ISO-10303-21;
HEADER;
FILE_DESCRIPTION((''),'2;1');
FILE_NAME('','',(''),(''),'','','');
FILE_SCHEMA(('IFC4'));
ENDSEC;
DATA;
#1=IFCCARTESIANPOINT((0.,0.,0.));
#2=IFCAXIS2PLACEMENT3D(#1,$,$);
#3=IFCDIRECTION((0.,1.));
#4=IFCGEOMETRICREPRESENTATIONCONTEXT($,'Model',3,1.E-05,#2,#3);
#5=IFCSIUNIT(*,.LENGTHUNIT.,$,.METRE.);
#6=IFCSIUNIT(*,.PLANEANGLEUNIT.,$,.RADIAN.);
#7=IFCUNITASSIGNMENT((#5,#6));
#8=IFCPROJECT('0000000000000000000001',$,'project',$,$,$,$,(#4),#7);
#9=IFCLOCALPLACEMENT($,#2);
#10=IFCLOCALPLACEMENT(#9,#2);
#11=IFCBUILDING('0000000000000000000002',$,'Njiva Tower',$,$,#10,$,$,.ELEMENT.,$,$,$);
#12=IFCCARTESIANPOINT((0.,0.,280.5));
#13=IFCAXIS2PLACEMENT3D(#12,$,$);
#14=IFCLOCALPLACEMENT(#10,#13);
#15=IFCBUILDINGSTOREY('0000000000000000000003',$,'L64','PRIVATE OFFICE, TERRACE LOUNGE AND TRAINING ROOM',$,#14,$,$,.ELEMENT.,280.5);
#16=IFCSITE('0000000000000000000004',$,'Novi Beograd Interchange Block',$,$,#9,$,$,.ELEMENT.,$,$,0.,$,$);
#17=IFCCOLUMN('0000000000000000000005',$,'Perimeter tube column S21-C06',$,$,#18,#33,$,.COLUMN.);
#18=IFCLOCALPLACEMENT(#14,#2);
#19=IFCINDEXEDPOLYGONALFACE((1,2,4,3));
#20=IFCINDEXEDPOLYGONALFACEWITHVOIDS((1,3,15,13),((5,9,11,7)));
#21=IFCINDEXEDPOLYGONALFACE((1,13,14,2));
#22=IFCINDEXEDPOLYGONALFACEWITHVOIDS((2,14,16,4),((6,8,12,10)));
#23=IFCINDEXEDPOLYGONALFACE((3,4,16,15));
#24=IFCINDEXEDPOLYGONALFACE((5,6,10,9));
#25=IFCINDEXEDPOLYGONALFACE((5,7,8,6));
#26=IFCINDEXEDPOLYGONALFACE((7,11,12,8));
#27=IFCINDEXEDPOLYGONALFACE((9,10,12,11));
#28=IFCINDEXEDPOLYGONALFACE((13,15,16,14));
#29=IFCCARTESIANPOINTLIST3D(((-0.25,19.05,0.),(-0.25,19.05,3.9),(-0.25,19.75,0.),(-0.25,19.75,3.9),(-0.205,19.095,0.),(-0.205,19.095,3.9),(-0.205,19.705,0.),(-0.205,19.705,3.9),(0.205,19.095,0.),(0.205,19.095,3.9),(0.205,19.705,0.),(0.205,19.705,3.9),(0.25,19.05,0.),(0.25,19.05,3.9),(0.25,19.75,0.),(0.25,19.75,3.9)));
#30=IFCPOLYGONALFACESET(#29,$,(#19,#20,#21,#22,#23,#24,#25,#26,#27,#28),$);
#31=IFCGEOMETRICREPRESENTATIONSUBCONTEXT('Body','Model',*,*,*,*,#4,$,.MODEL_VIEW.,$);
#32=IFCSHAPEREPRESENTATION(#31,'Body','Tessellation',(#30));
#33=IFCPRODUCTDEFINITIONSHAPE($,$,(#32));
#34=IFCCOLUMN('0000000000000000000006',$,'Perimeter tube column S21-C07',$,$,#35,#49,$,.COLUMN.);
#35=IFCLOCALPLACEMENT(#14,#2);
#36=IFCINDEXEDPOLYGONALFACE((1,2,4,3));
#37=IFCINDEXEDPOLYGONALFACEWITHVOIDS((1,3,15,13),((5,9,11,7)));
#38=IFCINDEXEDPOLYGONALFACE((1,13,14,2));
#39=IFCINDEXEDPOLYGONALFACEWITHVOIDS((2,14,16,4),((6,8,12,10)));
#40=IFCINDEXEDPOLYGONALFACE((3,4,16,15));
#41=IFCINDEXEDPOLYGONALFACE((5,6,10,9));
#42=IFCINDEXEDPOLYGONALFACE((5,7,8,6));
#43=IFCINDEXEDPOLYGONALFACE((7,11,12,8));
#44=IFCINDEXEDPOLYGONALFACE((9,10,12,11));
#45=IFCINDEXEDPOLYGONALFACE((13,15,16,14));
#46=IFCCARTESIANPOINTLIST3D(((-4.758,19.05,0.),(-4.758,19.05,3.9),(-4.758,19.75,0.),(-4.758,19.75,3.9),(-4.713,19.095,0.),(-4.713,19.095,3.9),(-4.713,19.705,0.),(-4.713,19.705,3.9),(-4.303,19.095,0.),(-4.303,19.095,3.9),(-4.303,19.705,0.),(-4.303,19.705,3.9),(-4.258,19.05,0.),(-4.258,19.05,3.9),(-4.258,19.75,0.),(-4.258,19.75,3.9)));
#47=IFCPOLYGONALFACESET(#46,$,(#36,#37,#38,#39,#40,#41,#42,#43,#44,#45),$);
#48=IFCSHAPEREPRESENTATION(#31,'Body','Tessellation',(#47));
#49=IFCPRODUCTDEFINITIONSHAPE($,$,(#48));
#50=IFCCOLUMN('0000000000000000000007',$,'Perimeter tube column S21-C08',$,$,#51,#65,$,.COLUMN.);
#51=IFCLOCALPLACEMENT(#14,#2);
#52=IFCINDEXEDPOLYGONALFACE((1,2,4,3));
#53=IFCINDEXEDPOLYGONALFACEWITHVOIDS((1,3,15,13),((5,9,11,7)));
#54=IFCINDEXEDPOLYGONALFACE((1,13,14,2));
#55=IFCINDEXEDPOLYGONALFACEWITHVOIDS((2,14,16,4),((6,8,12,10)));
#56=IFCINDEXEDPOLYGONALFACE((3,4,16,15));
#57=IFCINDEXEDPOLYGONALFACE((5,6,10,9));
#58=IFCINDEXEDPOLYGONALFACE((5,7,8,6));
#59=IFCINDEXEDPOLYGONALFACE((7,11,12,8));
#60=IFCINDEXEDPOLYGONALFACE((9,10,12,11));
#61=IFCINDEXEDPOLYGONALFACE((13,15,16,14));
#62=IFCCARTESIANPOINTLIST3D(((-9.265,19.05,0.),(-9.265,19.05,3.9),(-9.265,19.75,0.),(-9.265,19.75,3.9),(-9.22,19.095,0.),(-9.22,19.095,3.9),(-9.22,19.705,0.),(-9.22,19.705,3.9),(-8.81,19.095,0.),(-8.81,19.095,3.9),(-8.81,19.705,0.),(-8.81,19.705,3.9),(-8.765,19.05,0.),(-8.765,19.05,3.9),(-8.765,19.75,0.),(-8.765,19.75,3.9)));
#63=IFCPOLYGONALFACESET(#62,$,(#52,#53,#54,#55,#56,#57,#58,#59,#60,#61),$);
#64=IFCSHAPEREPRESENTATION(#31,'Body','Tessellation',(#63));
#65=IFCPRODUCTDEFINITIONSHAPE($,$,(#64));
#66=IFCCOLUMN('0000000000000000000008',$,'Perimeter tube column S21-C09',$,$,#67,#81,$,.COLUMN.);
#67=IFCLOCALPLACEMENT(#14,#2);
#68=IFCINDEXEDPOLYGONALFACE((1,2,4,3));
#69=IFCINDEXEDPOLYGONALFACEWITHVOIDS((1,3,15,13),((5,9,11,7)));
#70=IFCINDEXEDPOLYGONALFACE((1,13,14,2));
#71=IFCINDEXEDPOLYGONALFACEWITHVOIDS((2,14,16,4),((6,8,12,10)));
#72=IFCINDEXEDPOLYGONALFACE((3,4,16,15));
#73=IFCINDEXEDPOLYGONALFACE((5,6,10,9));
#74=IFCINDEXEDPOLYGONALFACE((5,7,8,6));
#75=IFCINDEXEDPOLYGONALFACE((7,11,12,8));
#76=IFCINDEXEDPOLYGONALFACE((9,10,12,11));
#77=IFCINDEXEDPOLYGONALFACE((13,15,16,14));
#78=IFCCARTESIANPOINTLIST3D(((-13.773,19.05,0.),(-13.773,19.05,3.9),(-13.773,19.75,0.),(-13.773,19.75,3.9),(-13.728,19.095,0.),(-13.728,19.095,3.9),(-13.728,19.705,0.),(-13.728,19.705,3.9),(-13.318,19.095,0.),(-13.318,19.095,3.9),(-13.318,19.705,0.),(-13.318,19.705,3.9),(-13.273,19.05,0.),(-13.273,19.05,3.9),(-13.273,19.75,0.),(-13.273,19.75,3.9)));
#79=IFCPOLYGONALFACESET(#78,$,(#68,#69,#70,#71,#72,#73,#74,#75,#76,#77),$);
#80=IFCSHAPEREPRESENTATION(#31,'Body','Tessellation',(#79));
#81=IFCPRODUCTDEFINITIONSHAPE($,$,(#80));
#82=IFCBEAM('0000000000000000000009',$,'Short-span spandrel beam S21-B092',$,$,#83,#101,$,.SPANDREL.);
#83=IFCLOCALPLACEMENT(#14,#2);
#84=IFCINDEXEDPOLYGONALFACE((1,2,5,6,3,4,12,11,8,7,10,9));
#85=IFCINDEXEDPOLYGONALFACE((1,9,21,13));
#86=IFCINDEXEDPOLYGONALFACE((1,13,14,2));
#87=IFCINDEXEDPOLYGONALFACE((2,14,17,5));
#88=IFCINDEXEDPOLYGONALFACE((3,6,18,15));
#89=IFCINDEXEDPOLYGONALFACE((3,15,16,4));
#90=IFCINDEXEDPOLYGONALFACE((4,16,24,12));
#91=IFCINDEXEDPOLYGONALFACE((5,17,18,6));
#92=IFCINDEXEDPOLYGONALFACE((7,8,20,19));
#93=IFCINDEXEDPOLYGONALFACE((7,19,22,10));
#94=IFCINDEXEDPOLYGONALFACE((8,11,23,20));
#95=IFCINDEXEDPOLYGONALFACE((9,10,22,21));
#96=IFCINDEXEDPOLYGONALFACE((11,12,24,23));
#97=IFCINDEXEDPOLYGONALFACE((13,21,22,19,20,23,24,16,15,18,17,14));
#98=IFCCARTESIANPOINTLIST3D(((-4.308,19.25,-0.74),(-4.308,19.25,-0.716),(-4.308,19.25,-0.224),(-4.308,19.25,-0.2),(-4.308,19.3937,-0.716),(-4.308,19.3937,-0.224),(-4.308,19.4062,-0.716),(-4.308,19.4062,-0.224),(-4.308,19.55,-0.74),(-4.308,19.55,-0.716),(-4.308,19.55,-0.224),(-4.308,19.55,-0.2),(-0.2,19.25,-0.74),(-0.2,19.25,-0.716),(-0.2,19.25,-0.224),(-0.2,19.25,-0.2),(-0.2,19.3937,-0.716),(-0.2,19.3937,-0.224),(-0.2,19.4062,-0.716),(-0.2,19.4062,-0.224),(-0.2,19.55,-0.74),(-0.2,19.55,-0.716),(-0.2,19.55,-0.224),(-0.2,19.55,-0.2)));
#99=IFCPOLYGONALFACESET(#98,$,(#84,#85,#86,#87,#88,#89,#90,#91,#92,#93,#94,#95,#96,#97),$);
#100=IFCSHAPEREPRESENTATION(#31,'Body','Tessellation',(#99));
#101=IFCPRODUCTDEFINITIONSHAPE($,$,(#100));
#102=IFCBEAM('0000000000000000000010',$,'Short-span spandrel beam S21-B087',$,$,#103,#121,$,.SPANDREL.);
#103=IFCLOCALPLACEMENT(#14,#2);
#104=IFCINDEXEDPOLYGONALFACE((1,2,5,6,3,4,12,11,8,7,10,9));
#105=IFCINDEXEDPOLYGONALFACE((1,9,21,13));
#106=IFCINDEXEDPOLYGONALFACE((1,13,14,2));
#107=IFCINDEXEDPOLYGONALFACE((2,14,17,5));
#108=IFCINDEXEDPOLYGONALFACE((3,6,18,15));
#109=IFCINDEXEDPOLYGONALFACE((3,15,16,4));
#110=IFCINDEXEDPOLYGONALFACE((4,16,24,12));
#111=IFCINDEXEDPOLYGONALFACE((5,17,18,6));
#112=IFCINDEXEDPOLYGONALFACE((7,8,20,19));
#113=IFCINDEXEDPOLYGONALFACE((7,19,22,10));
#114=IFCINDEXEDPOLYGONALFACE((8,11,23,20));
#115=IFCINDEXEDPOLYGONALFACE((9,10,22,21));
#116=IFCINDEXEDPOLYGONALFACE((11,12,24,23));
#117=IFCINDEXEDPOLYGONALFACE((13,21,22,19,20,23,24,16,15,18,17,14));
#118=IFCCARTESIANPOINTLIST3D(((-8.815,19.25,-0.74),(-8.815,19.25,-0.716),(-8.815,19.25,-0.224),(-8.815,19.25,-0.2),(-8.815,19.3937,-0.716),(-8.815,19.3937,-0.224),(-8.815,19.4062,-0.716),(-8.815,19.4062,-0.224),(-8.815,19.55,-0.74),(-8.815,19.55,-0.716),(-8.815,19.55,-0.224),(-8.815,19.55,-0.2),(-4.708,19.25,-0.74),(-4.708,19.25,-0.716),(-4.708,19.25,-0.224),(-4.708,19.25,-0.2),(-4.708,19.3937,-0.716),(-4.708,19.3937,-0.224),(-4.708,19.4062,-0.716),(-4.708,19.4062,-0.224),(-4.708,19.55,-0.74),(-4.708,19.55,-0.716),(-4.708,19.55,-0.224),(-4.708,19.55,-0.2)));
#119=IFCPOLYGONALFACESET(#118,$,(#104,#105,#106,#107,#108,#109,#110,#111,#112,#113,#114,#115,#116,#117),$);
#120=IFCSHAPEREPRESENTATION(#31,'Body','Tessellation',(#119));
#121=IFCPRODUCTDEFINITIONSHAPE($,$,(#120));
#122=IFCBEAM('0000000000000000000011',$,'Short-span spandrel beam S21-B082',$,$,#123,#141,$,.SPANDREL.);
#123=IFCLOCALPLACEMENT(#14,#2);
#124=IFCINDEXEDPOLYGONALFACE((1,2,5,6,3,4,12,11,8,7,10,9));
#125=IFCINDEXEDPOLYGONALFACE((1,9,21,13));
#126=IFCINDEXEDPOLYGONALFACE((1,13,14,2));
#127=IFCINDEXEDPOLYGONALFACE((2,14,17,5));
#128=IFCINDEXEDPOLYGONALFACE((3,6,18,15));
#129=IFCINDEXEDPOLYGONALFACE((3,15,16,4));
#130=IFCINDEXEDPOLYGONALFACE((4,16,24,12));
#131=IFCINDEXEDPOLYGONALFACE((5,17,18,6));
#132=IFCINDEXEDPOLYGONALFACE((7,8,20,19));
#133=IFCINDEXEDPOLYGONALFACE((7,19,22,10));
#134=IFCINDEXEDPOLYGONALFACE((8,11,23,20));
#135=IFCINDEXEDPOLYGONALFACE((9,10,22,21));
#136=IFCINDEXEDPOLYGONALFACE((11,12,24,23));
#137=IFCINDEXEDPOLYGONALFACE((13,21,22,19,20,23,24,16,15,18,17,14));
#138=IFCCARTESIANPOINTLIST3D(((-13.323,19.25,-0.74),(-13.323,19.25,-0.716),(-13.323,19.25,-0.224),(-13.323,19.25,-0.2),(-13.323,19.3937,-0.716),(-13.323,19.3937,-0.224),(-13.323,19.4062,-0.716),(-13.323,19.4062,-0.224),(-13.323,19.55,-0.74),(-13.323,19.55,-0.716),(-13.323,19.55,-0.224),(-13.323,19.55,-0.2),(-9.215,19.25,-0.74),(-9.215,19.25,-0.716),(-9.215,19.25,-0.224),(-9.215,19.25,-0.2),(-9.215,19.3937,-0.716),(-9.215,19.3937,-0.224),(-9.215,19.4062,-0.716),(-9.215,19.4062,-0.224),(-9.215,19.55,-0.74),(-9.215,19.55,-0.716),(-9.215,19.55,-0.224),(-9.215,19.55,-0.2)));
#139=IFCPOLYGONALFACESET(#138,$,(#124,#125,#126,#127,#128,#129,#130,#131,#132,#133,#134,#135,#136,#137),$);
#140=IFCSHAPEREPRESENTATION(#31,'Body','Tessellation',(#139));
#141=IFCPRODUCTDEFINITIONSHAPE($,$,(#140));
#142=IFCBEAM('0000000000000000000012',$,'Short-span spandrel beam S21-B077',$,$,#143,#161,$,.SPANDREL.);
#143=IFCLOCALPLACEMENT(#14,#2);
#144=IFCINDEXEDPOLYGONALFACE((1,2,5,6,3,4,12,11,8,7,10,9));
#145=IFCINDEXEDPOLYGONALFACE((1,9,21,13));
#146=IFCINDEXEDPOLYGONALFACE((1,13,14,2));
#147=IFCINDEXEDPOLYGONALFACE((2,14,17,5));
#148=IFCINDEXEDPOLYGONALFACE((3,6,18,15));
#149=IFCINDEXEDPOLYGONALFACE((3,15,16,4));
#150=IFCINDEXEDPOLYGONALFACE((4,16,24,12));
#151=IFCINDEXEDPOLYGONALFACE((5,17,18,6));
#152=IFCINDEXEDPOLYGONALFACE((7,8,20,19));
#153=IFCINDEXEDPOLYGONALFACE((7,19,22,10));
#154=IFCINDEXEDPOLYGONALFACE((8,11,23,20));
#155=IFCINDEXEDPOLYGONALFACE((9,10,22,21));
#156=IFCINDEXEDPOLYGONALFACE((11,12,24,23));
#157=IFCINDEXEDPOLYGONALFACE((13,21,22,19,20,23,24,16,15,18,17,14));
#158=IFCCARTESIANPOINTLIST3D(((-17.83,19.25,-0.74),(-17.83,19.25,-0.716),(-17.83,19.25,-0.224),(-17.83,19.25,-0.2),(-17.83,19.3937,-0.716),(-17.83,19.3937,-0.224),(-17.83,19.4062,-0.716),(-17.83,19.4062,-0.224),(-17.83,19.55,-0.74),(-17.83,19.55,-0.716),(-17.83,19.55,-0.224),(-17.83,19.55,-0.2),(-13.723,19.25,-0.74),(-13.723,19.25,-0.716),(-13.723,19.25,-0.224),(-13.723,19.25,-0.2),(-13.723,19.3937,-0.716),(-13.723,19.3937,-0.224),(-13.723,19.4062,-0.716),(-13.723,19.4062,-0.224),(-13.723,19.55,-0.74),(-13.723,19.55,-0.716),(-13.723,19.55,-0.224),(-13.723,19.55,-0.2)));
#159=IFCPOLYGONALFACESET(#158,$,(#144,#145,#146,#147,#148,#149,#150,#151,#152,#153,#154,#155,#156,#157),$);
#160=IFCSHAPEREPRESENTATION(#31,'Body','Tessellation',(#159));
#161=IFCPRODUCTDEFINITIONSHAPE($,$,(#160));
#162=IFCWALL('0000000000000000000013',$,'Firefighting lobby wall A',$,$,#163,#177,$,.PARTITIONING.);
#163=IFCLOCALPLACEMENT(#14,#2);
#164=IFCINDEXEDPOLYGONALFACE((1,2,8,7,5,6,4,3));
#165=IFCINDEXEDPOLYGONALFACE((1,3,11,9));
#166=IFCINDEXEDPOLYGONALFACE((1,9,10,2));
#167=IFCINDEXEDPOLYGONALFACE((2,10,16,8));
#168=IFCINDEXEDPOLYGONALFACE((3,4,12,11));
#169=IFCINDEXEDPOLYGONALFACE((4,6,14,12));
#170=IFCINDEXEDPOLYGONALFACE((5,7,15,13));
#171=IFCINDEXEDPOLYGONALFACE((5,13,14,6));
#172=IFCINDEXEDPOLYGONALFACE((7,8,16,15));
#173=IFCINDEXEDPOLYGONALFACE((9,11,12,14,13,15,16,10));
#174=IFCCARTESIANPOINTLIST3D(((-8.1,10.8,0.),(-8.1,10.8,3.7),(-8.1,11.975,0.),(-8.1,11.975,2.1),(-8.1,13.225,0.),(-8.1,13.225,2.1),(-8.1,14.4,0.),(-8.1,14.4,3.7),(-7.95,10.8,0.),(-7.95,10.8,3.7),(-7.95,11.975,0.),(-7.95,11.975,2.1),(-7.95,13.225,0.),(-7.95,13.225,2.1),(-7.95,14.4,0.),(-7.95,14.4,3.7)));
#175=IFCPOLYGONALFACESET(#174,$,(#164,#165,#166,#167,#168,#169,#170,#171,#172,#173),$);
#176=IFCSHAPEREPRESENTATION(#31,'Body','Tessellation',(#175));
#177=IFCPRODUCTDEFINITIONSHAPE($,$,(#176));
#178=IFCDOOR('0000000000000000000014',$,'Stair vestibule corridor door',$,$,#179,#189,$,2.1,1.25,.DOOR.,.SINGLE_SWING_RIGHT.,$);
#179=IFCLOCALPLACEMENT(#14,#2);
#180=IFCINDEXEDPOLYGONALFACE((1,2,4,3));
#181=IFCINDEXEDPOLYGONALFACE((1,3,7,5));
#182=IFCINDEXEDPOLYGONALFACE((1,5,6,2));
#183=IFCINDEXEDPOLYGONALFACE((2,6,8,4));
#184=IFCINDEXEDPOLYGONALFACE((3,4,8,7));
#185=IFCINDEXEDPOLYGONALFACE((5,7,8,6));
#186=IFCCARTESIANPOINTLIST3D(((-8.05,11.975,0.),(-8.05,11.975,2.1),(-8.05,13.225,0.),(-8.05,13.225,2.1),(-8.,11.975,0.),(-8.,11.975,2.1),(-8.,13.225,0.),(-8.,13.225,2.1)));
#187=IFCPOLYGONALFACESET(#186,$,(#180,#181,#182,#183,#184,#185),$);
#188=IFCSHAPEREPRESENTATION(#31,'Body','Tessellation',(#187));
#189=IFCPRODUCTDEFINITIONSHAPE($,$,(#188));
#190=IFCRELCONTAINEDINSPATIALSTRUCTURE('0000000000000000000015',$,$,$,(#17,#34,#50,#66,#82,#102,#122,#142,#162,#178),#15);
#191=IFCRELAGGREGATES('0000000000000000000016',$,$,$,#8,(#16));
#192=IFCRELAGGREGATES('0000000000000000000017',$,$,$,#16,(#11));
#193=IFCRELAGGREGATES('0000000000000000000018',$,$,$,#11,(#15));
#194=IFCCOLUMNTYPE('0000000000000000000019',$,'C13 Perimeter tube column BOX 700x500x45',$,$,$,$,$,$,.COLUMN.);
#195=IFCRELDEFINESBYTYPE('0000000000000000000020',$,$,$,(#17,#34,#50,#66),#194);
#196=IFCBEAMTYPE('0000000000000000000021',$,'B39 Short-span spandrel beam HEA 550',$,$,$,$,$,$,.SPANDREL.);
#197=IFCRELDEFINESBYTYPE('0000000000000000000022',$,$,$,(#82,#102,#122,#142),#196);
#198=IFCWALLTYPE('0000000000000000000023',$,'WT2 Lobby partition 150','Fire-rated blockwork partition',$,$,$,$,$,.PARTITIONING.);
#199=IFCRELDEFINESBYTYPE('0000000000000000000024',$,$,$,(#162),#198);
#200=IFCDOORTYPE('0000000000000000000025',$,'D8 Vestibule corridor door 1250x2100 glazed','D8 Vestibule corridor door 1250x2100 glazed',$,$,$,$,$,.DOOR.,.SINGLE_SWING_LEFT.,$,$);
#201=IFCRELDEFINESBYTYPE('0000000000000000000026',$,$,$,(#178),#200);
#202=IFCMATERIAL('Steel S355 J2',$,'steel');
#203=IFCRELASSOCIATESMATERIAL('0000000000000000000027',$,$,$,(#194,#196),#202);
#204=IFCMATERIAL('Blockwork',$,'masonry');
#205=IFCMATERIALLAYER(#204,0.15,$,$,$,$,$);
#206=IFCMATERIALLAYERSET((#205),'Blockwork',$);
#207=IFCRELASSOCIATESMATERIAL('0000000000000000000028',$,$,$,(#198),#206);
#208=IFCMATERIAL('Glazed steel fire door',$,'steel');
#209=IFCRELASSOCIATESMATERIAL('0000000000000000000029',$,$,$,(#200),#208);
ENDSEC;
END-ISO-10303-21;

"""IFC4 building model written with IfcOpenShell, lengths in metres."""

from ifc_helpers import new_model, si_unit, direction, frame, frame_2d, origin, origin_2d, place, context, subcontext, project, spatial, rectangle, hollow_rectangle, i_section, extrude, material, layer, layer_set, material_profile, profile_set, type_object, element, fill, save


model = new_model("IFC4")

# Units and contexts
model_context = context("Model", 3, precision=1e-05, world=origin(), true_north=direction((0.0, 1.0)))
body_context = subcontext(model_context, "Body", "Model", "MODEL_VIEW")
ifc_project = project(units=[si_unit("LENGTHUNIT", "METRE"), si_unit("PLANEANGLEUNIT", "RADIAN")], contexts=[model_context])

# Site, building, storey
site_placement = place(None, origin())
site = spatial("IfcSite", under=ifc_project, at=site_placement, Name="Novi Beograd Interchange Block", CompositionType="ELEMENT", RefElevation=0.0)
building_placement = place(site_placement, origin())
building = spatial("IfcBuilding", under=site, at=building_placement, Name="Njiva Tower", CompositionType="ELEMENT")
storey_placement = place(building_placement, frame((0.0, 0.0, 280.5)))
storey = spatial("IfcBuildingStorey", under=building, at=storey_placement, Name="L64", Description="PRIVATE OFFICE, TERRACE LOUNGE AND TRAINING ROOM", CompositionType="ELEMENT", Elevation=280.5)

# Columns
ifc_material_1 = material(Name="Steel S355 J2", Category="steel")
ifc_material_profile_1 = material_profile(ifc_material_1, hollow_rectangle(XDim=0.5, YDim=0.7, WallThickness=0.045, at=origin_2d()), Name="BOX 700x500x45")
ifc_profile_set_1 = profile_set([ifc_material_profile_1], Name="Steel S355 J2")
column_type = type_object("IfcColumnType", Name="C13 Perimeter tube column BOX 700x500x45", PredefinedType="COLUMN", material=ifc_profile_set_1)
for number, where, z_axis, x_axis, name in (
    (1, (0.0, 19.4, 0.0), (0.0, 0.0, 1.0), (-1.0, 0.0, 0.0), "Perimeter tube column S21-C06"),
    (2, (-4.508, 19.4, 0.0), (0.0, 0.0, 1.0), (-1.0, 0.0, 0.0), "Perimeter tube column S21-C07"),
    (3, (-9.015, 19.4, 0.0), (0.0, 0.0, 1.0), (-1.0, 0.0, 0.0), "Perimeter tube column S21-C08"),
    (4, (-13.523, 19.4, 0.0), (0.0, 0.0, 1.0), (-1.0, 0.0, 0.0), "Perimeter tube column S21-C09"),
):
    element("IfcColumn", number, at=place(storey_placement, frame(where, z_axis=z_axis, x_axis=x_axis)), inside=storey, type_object=column_type, Name=name, PredefinedType="COLUMN", context=body_context, shape_type="SweptSolid", body=[
        extrude(hollow_rectangle(XDim=0.5, YDim=0.7, WallThickness=0.045, at=origin_2d()), origin(), (0.0, 0.0, 1.0), 3.9),
    ])

# Beams
ifc_material_profile_2 = material_profile(ifc_material_1, i_section(OverallWidth=0.3, OverallDepth=0.54, WebThickness=0.0125, FlangeThickness=0.024, at=origin_2d()), Name="HEA 550")
ifc_profile_set_2 = profile_set([ifc_material_profile_2], Name="Steel S355 J2")
beam_type = type_object("IfcBeamType", Name="B39 Short-span spandrel beam HEA 550", PredefinedType="SPANDREL", material=ifc_profile_set_2)
beam_1_placement = place(storey_placement, frame((-0.2, 19.4, -0.47), z_axis=(-1.0, 0.0, 0.0), x_axis=(0.0, -1.0, 0.0)))
element("IfcBeam", 5, at=beam_1_placement, inside=storey, type_object=beam_type, Name="Short-span spandrel beam S21-B092", PredefinedType="SPANDREL", context=body_context, shape_type="SweptSolid", body=[
    extrude(i_section(OverallWidth=0.3, OverallDepth=0.54, WebThickness=0.0125, FlangeThickness=0.024, at=origin_2d()), origin(), (0.0, 0.0, 1.0), 4.108),
])
beam_2_placement = place(storey_placement, frame((-4.708, 19.4, -0.47), z_axis=(-1.0, 0.0, 0.0), x_axis=(0.0, -1.0, 0.0)))
element("IfcBeam", 6, at=beam_2_placement, inside=storey, type_object=beam_type, Name="Short-span spandrel beam S21-B087", PredefinedType="SPANDREL", context=body_context, shape_type="SweptSolid", body=[
    extrude(i_section(OverallWidth=0.3, OverallDepth=0.54, WebThickness=0.0125, FlangeThickness=0.024, at=origin_2d()), origin(), (0.0, 0.0, 1.0), 4.107),
])
beam_3_placement = place(storey_placement, frame((-9.215, 19.4, -0.47), z_axis=(-1.0, 0.0, 0.0), x_axis=(0.0, -1.0, 0.0)))
element("IfcBeam", 7, at=beam_3_placement, inside=storey, type_object=beam_type, Name="Short-span spandrel beam S21-B082", PredefinedType="SPANDREL", context=body_context, shape_type="SweptSolid", body=[
    extrude(i_section(OverallWidth=0.3, OverallDepth=0.54, WebThickness=0.0125, FlangeThickness=0.024, at=origin_2d()), origin(), (0.0, 0.0, 1.0), 4.108),
])
beam_4_placement = place(storey_placement, frame((-13.723, 19.4, -0.47), z_axis=(-1.0, 0.0, 0.0), x_axis=(0.0, -1.0, 0.0)))
element("IfcBeam", 8, at=beam_4_placement, inside=storey, type_object=beam_type, Name="Short-span spandrel beam S21-B077", PredefinedType="SPANDREL", context=body_context, shape_type="SweptSolid", body=[
    extrude(i_section(OverallWidth=0.3, OverallDepth=0.54, WebThickness=0.0125, FlangeThickness=0.024, at=origin_2d()), origin(), (0.0, 0.0, 1.0), 4.107),
])

# Wall, opening, door
ifc_material_2 = material(Name="Blockwork", Category="masonry")
ifc_layer_1 = layer(ifc_material_2, 0.15)
ifc_layer_set_1 = layer_set([ifc_layer_1], Name="Blockwork")
wall_type_1 = type_object("IfcWallType", Name="WT2 Lobby partition 150", Description="Fire-rated blockwork partition", PredefinedType="PARTITIONING", material=ifc_layer_set_1)
wall_1_placement = place(storey_placement, frame((-8.025, 10.8, 0.0), z_axis=(0.0, 0.0, 1.0), x_axis=(0.0, 1.0, 0.0)))
wall_1 = element("IfcWall", 9, at=wall_1_placement, inside=storey, type_object=wall_type_1, Name="Firefighting lobby wall A", PredefinedType="PARTITIONING", context=body_context, shape_type="SweptSolid", body=[
    extrude(rectangle(XDim=3.6, YDim=0.15, at=frame_2d((1.8, 0.0))), origin(), (0.0, 0.0, 1.0), 3.7),
])
opening_1_placement = place(wall_1_placement, frame((1.175, 0.0, 0.0)))
opening_1 = element("IfcOpeningElement", 10, at=opening_1_placement, cuts=wall_1, PredefinedType="OPENING", context=body_context, shape_type="SweptSolid", body=[
    extrude(rectangle(XDim=1.25, YDim=2.1, at=frame_2d((0.625, 1.05))), frame((0.0, 0.085, 0.0), z_axis=(0.0, -1.0, 0.0), x_axis=(1.0, 0.0, 0.0)), (0.0, 0.0, 1.0), 0.17),
])
ifc_material_3 = material(Name="Glazed steel fire door", Category="steel")
door_type_1 = type_object("IfcDoorType", Name="D8 Vestibule corridor door 1250x2100 glazed", Description="D8 Vestibule corridor door 1250x2100 glazed", OperationType="SINGLE_SWING_LEFT", PredefinedType="DOOR", material=ifc_material_3)
door_1_placement = place(opening_1_placement, origin())
door_1 = element("IfcDoor", 11, at=door_1_placement, inside=storey, type_object=door_type_1, Name="Stair vestibule corridor door", OperationType="SINGLE_SWING_RIGHT", OverallHeight=2.1, OverallWidth=1.25, PredefinedType="DOOR", context=body_context, shape_type="SweptSolid", body=[
    extrude(rectangle(XDim=1.25, YDim=2.1, at=frame_2d((0.625, 1.05))), frame((0.0, 0.025, 0.0), z_axis=(0.0, -1.0, 0.0), x_axis=(1.0, 0.0, 0.0)), (0.0, 0.0, 1.0), 0.05),
])
fill(opening_1, door_1)

save(model, "model.ifc")
